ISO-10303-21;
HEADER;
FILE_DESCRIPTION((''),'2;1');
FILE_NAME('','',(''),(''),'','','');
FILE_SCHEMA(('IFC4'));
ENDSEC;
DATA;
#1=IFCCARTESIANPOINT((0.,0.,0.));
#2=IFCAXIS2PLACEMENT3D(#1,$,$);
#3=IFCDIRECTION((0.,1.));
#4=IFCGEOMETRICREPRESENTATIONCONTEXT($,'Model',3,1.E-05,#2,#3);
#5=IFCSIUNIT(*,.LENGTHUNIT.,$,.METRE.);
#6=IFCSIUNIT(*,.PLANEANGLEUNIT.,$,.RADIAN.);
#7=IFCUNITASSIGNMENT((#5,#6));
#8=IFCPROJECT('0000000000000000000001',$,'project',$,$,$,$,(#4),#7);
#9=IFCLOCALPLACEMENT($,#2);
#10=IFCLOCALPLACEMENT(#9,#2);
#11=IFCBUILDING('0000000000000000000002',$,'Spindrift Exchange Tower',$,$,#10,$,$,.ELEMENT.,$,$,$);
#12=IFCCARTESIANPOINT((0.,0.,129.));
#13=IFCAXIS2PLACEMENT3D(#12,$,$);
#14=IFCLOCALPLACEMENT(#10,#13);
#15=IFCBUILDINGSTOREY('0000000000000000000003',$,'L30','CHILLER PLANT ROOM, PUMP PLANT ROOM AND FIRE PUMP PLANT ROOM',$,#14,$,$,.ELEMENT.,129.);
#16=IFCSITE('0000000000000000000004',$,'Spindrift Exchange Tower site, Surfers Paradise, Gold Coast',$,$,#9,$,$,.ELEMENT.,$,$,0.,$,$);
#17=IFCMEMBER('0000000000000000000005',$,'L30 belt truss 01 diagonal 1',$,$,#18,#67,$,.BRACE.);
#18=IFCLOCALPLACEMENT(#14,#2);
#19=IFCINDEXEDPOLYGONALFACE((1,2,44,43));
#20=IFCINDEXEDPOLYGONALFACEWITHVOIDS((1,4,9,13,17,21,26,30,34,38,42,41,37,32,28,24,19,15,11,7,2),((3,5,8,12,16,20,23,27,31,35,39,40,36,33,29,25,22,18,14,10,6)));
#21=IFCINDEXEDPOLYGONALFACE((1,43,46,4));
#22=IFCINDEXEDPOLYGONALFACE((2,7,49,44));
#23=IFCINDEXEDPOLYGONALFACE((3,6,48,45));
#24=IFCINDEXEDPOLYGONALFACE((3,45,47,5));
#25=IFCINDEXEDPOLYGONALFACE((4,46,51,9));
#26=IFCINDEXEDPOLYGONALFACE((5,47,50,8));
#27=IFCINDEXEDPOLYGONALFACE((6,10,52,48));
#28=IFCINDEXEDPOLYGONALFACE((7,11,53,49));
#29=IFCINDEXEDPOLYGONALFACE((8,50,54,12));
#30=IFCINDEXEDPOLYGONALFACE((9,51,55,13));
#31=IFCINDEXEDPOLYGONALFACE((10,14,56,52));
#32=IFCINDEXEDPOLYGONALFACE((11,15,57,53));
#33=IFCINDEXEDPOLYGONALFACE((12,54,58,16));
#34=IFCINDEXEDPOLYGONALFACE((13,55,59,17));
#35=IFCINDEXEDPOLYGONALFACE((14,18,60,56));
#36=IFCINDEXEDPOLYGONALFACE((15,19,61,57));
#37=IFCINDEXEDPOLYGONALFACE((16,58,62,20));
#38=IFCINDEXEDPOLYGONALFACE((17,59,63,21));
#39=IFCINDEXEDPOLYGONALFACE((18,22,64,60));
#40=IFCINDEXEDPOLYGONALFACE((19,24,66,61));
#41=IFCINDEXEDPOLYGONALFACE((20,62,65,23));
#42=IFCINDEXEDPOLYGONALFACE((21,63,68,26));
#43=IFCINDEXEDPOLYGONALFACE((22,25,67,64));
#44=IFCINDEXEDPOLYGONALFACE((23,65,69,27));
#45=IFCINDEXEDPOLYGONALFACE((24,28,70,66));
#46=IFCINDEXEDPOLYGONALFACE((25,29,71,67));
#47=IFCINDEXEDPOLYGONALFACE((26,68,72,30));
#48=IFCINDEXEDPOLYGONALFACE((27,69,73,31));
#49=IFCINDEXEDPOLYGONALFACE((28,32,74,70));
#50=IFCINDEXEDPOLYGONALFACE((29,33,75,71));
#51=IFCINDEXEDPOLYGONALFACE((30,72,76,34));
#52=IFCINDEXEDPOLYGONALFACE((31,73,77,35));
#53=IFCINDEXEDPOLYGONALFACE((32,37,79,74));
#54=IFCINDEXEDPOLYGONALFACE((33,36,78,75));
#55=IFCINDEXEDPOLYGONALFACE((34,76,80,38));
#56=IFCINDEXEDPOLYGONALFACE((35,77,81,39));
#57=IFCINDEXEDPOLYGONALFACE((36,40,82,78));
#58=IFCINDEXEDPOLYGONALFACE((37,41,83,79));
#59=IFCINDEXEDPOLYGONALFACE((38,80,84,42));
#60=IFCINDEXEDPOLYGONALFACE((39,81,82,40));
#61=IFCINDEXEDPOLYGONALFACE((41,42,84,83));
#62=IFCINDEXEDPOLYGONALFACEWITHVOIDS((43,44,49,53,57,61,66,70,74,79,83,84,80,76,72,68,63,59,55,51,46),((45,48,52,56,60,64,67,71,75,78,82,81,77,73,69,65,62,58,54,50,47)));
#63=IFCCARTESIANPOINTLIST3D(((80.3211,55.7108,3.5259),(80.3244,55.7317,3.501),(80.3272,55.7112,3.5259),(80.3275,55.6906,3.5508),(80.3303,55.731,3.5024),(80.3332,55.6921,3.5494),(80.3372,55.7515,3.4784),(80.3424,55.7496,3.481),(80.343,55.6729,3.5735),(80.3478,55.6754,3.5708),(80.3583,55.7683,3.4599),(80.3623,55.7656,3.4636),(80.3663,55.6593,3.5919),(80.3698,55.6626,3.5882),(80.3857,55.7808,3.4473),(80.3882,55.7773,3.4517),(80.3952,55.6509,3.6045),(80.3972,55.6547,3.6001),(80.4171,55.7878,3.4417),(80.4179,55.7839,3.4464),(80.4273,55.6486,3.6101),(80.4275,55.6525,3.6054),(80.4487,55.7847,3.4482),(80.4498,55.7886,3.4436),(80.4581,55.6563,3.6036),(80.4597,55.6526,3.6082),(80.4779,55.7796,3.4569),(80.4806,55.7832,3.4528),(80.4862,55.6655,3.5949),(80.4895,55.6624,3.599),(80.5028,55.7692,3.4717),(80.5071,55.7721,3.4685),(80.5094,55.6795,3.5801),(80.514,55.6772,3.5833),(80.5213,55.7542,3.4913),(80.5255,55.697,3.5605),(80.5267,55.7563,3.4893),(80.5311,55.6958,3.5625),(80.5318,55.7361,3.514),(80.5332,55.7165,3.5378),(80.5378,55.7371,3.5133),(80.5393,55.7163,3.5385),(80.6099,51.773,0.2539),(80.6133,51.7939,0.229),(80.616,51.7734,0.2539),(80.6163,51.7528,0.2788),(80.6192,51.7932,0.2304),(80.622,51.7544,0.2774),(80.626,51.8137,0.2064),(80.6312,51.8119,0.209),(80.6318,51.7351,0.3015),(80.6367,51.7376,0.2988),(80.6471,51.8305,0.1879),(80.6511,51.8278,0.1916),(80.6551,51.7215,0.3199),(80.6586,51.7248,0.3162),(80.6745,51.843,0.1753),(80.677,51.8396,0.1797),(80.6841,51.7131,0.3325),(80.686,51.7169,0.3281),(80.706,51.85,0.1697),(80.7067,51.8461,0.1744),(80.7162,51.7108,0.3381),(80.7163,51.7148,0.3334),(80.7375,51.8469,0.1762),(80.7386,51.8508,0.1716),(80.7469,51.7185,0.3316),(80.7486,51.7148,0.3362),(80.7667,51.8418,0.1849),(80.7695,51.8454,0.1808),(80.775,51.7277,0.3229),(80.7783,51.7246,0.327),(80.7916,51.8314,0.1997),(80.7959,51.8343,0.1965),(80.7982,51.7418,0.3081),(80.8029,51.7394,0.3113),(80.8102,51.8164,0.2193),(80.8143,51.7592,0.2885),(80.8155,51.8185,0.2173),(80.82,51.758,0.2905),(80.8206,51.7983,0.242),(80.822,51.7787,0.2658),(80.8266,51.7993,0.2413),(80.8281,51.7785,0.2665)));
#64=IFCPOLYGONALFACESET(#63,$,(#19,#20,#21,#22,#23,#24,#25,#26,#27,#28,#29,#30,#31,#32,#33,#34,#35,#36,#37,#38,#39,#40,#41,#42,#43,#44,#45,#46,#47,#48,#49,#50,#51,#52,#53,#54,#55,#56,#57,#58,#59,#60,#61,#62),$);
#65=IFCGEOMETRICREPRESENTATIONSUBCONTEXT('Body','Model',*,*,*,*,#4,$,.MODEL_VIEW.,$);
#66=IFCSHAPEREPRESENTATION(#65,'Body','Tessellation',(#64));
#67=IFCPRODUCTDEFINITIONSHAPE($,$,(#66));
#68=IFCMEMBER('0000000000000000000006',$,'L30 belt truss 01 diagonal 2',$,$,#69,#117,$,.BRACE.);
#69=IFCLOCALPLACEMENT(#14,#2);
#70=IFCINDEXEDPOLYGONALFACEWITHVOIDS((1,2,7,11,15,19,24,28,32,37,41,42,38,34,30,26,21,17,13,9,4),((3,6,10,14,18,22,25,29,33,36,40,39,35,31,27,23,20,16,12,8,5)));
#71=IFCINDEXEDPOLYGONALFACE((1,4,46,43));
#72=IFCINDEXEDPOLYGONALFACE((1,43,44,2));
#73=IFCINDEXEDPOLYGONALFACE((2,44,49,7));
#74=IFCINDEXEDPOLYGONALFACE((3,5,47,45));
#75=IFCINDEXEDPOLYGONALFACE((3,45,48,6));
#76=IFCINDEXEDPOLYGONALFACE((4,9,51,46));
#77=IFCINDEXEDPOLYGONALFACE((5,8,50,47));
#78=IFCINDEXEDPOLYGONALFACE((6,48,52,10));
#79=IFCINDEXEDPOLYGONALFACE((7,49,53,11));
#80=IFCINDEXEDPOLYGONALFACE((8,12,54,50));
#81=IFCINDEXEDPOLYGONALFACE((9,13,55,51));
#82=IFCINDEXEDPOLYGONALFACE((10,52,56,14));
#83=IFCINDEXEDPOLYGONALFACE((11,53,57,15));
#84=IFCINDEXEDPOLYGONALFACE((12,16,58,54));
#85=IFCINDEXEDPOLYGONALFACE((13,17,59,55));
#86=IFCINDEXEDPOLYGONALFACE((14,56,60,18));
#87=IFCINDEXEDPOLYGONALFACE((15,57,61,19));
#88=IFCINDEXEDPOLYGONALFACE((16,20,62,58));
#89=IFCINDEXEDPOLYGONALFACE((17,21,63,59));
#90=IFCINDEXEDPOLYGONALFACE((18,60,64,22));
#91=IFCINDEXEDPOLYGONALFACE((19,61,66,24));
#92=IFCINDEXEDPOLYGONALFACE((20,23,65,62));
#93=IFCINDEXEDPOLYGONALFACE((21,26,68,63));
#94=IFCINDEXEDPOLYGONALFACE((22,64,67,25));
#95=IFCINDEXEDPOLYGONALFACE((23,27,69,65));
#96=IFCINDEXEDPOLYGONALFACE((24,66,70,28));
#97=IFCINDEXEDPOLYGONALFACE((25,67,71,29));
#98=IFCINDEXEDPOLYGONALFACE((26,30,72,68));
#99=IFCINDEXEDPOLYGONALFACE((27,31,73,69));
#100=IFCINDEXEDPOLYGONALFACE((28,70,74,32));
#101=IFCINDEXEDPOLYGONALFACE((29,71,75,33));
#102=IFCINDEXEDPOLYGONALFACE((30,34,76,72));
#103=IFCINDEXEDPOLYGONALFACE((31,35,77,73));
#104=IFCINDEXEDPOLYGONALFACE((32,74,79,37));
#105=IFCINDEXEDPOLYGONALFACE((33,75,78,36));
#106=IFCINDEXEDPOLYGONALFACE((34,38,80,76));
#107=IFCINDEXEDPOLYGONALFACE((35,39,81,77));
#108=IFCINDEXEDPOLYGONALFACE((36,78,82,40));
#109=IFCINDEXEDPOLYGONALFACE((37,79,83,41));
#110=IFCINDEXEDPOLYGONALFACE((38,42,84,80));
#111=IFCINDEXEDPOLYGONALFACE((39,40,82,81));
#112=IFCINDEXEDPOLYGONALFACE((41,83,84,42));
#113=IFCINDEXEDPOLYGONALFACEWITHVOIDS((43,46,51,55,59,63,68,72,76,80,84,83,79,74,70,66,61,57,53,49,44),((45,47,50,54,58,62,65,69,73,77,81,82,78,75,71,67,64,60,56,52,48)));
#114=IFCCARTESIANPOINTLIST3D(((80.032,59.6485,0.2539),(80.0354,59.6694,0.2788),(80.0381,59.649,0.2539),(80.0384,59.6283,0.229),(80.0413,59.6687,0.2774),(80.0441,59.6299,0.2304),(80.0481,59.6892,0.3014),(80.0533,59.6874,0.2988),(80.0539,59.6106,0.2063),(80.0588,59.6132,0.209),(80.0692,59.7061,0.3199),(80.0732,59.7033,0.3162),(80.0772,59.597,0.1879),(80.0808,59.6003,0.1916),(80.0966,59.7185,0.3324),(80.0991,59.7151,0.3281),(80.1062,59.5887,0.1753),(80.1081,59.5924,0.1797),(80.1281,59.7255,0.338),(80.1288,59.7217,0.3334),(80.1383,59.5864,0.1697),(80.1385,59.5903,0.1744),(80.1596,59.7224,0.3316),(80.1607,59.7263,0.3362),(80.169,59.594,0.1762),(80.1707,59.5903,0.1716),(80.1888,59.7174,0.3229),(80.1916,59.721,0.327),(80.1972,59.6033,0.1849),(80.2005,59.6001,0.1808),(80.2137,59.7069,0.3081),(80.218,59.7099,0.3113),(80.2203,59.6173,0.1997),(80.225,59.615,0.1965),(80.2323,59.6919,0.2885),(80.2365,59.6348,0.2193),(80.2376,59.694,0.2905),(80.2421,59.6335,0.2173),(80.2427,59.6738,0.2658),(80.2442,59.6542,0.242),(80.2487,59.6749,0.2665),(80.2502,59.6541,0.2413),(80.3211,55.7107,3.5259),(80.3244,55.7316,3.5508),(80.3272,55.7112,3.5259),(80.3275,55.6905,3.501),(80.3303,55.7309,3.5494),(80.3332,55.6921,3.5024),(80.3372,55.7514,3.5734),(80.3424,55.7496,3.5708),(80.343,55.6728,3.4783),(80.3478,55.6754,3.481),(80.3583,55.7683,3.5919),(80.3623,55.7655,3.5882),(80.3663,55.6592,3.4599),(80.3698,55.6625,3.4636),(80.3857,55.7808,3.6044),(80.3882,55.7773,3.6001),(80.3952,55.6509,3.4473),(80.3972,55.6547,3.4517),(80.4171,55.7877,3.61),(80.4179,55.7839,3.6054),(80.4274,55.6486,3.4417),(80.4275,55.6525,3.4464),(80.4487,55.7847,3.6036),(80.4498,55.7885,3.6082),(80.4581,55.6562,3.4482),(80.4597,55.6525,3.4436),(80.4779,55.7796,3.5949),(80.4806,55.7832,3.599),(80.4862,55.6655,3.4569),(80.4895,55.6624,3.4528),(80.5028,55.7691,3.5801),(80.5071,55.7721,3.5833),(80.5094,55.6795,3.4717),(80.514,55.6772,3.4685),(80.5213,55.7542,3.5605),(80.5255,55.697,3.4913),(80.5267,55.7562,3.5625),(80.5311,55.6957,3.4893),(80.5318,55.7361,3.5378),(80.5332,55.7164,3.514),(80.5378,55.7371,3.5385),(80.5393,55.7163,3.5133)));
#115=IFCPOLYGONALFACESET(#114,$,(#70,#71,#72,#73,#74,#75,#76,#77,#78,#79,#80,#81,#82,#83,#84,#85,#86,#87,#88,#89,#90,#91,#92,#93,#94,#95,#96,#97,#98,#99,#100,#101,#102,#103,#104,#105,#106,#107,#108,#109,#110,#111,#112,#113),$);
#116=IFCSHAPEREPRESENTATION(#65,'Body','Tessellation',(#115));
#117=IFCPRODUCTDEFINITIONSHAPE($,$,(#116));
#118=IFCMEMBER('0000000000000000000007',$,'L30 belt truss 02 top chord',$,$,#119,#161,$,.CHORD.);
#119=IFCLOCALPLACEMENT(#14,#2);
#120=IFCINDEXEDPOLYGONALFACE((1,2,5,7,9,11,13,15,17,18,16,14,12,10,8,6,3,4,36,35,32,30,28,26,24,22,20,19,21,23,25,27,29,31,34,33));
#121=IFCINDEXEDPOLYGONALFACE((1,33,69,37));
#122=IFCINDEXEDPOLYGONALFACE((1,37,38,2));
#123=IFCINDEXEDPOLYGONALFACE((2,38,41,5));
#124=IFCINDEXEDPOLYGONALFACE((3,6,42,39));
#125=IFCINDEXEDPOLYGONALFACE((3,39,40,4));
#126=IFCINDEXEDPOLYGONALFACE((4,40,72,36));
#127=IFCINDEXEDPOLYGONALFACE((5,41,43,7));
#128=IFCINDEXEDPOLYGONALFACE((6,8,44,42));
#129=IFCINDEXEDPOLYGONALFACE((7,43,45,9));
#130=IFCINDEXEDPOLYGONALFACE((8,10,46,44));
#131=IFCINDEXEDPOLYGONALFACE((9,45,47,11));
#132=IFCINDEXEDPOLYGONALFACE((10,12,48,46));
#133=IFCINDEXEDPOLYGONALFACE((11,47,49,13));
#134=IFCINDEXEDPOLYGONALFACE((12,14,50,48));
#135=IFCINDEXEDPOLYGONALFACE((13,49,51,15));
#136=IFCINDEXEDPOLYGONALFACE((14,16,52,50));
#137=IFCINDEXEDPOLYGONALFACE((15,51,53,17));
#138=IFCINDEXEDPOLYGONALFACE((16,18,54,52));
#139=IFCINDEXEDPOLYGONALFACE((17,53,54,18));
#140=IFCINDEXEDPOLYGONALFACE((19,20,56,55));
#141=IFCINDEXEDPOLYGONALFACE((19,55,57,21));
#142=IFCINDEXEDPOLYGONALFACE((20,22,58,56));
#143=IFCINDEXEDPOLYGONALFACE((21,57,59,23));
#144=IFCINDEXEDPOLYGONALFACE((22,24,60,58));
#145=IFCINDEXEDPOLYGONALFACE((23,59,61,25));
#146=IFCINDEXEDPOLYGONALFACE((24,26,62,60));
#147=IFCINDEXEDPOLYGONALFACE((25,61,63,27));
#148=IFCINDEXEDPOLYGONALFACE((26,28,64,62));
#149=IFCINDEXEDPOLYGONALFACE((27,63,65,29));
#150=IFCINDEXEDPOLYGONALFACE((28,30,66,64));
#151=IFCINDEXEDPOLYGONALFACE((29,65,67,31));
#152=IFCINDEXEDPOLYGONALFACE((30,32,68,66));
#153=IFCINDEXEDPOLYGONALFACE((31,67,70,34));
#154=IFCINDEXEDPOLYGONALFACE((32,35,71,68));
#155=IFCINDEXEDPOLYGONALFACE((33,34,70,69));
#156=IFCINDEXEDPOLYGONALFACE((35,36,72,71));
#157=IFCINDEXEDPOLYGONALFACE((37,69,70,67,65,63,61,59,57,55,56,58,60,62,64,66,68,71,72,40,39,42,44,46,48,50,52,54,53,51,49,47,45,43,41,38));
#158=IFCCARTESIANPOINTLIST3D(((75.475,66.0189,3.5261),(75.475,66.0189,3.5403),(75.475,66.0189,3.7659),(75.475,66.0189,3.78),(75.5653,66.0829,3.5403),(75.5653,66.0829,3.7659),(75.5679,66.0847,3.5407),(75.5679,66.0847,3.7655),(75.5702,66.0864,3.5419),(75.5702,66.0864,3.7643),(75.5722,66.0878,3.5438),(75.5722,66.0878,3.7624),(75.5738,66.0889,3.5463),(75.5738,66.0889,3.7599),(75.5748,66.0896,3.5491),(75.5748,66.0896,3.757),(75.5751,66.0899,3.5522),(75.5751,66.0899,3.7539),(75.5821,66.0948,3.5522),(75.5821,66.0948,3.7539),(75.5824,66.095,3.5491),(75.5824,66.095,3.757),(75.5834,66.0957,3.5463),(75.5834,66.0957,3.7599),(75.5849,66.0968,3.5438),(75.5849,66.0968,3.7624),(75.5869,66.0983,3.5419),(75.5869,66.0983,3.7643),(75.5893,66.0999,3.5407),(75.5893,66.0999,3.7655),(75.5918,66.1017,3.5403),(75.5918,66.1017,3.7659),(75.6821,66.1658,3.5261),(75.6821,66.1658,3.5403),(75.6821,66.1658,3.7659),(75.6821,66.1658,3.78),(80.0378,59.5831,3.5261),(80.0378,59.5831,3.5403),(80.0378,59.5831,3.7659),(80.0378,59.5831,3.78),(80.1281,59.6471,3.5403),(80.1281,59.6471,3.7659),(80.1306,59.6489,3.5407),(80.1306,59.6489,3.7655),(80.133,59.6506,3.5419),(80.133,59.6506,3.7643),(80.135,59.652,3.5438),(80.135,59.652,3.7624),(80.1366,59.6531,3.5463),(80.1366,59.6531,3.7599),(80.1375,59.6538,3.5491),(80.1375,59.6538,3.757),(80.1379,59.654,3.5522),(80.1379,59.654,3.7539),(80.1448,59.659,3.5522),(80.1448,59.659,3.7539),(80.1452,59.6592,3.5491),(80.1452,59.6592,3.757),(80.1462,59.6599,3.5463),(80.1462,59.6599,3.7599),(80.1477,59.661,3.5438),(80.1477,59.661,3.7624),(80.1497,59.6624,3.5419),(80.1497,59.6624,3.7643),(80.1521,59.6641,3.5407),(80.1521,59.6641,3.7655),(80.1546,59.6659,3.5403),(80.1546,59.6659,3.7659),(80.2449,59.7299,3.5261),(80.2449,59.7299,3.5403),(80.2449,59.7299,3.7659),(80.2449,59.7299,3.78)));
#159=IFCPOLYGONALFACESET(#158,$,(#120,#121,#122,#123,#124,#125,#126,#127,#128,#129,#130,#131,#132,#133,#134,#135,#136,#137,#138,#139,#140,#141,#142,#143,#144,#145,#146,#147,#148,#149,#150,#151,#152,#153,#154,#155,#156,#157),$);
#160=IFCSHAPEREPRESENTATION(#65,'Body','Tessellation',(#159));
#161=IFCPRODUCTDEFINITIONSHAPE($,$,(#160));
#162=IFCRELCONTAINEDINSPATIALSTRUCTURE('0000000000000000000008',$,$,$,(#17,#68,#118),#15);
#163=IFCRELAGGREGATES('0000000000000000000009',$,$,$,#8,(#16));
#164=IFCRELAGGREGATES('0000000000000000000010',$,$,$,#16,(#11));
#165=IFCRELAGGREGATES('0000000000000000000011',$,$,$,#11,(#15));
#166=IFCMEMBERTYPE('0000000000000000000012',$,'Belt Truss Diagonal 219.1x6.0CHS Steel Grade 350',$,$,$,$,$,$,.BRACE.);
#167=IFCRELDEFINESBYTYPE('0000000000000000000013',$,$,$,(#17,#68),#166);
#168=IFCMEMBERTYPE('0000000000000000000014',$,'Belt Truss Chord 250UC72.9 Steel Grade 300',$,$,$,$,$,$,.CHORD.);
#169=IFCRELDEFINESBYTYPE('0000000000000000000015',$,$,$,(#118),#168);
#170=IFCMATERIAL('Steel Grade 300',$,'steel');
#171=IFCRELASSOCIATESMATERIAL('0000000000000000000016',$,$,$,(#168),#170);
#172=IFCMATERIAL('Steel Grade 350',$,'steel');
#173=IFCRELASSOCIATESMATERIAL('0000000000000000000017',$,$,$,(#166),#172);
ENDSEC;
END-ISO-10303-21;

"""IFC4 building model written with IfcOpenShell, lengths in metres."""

from ifc_helpers import new_model, si_unit, direction, frame, origin, origin_2d, place, context, subcontext, project, spatial, hollow_circle, i_section, extrude, source, transform, mapped, material, material_profile, profile_set, type_object, element, save


model = new_model("IFC4")

# Units and contexts
model_context = context("Model", 3, precision=1e-05, world=origin(), true_north=direction((0.0, 1.0)))
body_context = subcontext(model_context, "Body", "Model", "MODEL_VIEW")
ifc_project = project(units=[si_unit("LENGTHUNIT", "METRE"), si_unit("PLANEANGLEUNIT", "RADIAN")], contexts=[model_context])

# Site, building, storey
site_placement = place(None, origin())
site = spatial("IfcSite", under=ifc_project, at=site_placement, Name="Spindrift Exchange Tower site, Surfers Paradise, Gold Coast", CompositionType="ELEMENT", RefElevation=0.0)
building_placement = place(site_placement, origin())
building = spatial("IfcBuilding", under=site, at=building_placement, Name="Spindrift Exchange Tower", CompositionType="ELEMENT")
storey_placement = place(building_placement, frame((0.0, 0.0, 129.0)))
storey = spatial("IfcBuildingStorey", under=building, at=storey_placement, Name="L30", Description="CHILLER PLANT ROOM, PUMP PLANT ROOM AND FIRE PUMP PLANT ROOM", CompositionType="ELEMENT", Elevation=129.0)

# Members
ifc_material_1 = material(Name="Steel Grade 300", Category="steel")
ifc_material_profile_1 = material_profile(ifc_material_1, i_section(OverallWidth=0.2539, OverallDepth=0.2539, WebThickness=0.0085, FlangeThickness=0.0142, FilletRadius=0.012, at=origin_2d()), Name="250UC72.9")
ifc_profile_set_1 = profile_set([ifc_material_profile_1], Name="Steel Grade 300")
member_type_1 = type_object("IfcMemberType", Name="Belt Truss Chord 250UC72.9 Steel Grade 300", PredefinedType="CHORD", material=ifc_profile_set_1)
ifc_material_2 = material(Name="Steel Grade 350", Category="steel")
ifc_material_profile_2 = material_profile(ifc_material_2, hollow_circle(Radius=0.1096, WallThickness=0.0061, at=origin_2d()), Name="219.1x6.0CHS")
ifc_profile_set_2 = profile_set([ifc_material_profile_2], Name="Steel Grade 350")
member_type_2 = type_object("IfcMemberType", Name="Belt Truss Diagonal 219.1x6.0CHS Steel Grade 350", PredefinedType="BRACE", material=ifc_profile_set_2)
shared_shape_1 = source(origin(), body_context, "Body", "SweptSolid", [
    extrude(hollow_circle(Radius=0.1096, WallThickness=0.0061, at=origin_2d()), origin(), (0.0, 0.0, 1.0), 5.1279),
])
for number, where, z_axis, x_axis, name in (
    (1, (80.7192, 51.781, 0.2539), (-0.056323, 0.76791, 0.638076), (-0.997321, -0.07315, 0.0), "L30 belt truss 01 diagonal 1"),
    (2, (80.4304, 55.7188, 3.5259), (-0.056371, 0.767908, -0.638075), (-0.997316, -0.073211, 0.0), "L30 belt truss 01 diagonal 2"),
):
    element("IfcMember", number, at=place(storey_placement, frame(where, z_axis=z_axis, x_axis=x_axis)), inside=storey, type_object=member_type_2, Name=name, PredefinedType="BRACE", context=body_context, shape_type="MappedRepresentation", body=[
        mapped(shared_shape_1, transform((0.0, 0.0, 0.0), scale=1.0)),
    ])
shared_shape_2 = source(origin(), body_context, "Body", "SweptSolid", [
    extrude(i_section(OverallWidth=0.2539, OverallDepth=0.2539, WebThickness=0.0085, FlangeThickness=0.0142, FilletRadius=0.012, at=origin_2d()), origin(), (0.0, 0.0, 1.0), 7.8892),
])
for number, where, z_axis, x_axis, name in (
    (3, (80.1414, 59.6565, 3.6531), (-0.57836, 0.815782, 0.0), (-0.815782, -0.57836, 0.0), "L30 belt truss 02 top chord"),
):
    element("IfcMember", number, at=place(storey_placement, frame(where, z_axis=z_axis, x_axis=x_axis)), inside=storey, type_object=member_type_1, Name=name, PredefinedType="CHORD", context=body_context, shape_type="MappedRepresentation", body=[
        mapped(shared_shape_2, transform((0.0, 0.0, 0.0), scale=1.0)),
    ])

save(model, "model.ifc")
